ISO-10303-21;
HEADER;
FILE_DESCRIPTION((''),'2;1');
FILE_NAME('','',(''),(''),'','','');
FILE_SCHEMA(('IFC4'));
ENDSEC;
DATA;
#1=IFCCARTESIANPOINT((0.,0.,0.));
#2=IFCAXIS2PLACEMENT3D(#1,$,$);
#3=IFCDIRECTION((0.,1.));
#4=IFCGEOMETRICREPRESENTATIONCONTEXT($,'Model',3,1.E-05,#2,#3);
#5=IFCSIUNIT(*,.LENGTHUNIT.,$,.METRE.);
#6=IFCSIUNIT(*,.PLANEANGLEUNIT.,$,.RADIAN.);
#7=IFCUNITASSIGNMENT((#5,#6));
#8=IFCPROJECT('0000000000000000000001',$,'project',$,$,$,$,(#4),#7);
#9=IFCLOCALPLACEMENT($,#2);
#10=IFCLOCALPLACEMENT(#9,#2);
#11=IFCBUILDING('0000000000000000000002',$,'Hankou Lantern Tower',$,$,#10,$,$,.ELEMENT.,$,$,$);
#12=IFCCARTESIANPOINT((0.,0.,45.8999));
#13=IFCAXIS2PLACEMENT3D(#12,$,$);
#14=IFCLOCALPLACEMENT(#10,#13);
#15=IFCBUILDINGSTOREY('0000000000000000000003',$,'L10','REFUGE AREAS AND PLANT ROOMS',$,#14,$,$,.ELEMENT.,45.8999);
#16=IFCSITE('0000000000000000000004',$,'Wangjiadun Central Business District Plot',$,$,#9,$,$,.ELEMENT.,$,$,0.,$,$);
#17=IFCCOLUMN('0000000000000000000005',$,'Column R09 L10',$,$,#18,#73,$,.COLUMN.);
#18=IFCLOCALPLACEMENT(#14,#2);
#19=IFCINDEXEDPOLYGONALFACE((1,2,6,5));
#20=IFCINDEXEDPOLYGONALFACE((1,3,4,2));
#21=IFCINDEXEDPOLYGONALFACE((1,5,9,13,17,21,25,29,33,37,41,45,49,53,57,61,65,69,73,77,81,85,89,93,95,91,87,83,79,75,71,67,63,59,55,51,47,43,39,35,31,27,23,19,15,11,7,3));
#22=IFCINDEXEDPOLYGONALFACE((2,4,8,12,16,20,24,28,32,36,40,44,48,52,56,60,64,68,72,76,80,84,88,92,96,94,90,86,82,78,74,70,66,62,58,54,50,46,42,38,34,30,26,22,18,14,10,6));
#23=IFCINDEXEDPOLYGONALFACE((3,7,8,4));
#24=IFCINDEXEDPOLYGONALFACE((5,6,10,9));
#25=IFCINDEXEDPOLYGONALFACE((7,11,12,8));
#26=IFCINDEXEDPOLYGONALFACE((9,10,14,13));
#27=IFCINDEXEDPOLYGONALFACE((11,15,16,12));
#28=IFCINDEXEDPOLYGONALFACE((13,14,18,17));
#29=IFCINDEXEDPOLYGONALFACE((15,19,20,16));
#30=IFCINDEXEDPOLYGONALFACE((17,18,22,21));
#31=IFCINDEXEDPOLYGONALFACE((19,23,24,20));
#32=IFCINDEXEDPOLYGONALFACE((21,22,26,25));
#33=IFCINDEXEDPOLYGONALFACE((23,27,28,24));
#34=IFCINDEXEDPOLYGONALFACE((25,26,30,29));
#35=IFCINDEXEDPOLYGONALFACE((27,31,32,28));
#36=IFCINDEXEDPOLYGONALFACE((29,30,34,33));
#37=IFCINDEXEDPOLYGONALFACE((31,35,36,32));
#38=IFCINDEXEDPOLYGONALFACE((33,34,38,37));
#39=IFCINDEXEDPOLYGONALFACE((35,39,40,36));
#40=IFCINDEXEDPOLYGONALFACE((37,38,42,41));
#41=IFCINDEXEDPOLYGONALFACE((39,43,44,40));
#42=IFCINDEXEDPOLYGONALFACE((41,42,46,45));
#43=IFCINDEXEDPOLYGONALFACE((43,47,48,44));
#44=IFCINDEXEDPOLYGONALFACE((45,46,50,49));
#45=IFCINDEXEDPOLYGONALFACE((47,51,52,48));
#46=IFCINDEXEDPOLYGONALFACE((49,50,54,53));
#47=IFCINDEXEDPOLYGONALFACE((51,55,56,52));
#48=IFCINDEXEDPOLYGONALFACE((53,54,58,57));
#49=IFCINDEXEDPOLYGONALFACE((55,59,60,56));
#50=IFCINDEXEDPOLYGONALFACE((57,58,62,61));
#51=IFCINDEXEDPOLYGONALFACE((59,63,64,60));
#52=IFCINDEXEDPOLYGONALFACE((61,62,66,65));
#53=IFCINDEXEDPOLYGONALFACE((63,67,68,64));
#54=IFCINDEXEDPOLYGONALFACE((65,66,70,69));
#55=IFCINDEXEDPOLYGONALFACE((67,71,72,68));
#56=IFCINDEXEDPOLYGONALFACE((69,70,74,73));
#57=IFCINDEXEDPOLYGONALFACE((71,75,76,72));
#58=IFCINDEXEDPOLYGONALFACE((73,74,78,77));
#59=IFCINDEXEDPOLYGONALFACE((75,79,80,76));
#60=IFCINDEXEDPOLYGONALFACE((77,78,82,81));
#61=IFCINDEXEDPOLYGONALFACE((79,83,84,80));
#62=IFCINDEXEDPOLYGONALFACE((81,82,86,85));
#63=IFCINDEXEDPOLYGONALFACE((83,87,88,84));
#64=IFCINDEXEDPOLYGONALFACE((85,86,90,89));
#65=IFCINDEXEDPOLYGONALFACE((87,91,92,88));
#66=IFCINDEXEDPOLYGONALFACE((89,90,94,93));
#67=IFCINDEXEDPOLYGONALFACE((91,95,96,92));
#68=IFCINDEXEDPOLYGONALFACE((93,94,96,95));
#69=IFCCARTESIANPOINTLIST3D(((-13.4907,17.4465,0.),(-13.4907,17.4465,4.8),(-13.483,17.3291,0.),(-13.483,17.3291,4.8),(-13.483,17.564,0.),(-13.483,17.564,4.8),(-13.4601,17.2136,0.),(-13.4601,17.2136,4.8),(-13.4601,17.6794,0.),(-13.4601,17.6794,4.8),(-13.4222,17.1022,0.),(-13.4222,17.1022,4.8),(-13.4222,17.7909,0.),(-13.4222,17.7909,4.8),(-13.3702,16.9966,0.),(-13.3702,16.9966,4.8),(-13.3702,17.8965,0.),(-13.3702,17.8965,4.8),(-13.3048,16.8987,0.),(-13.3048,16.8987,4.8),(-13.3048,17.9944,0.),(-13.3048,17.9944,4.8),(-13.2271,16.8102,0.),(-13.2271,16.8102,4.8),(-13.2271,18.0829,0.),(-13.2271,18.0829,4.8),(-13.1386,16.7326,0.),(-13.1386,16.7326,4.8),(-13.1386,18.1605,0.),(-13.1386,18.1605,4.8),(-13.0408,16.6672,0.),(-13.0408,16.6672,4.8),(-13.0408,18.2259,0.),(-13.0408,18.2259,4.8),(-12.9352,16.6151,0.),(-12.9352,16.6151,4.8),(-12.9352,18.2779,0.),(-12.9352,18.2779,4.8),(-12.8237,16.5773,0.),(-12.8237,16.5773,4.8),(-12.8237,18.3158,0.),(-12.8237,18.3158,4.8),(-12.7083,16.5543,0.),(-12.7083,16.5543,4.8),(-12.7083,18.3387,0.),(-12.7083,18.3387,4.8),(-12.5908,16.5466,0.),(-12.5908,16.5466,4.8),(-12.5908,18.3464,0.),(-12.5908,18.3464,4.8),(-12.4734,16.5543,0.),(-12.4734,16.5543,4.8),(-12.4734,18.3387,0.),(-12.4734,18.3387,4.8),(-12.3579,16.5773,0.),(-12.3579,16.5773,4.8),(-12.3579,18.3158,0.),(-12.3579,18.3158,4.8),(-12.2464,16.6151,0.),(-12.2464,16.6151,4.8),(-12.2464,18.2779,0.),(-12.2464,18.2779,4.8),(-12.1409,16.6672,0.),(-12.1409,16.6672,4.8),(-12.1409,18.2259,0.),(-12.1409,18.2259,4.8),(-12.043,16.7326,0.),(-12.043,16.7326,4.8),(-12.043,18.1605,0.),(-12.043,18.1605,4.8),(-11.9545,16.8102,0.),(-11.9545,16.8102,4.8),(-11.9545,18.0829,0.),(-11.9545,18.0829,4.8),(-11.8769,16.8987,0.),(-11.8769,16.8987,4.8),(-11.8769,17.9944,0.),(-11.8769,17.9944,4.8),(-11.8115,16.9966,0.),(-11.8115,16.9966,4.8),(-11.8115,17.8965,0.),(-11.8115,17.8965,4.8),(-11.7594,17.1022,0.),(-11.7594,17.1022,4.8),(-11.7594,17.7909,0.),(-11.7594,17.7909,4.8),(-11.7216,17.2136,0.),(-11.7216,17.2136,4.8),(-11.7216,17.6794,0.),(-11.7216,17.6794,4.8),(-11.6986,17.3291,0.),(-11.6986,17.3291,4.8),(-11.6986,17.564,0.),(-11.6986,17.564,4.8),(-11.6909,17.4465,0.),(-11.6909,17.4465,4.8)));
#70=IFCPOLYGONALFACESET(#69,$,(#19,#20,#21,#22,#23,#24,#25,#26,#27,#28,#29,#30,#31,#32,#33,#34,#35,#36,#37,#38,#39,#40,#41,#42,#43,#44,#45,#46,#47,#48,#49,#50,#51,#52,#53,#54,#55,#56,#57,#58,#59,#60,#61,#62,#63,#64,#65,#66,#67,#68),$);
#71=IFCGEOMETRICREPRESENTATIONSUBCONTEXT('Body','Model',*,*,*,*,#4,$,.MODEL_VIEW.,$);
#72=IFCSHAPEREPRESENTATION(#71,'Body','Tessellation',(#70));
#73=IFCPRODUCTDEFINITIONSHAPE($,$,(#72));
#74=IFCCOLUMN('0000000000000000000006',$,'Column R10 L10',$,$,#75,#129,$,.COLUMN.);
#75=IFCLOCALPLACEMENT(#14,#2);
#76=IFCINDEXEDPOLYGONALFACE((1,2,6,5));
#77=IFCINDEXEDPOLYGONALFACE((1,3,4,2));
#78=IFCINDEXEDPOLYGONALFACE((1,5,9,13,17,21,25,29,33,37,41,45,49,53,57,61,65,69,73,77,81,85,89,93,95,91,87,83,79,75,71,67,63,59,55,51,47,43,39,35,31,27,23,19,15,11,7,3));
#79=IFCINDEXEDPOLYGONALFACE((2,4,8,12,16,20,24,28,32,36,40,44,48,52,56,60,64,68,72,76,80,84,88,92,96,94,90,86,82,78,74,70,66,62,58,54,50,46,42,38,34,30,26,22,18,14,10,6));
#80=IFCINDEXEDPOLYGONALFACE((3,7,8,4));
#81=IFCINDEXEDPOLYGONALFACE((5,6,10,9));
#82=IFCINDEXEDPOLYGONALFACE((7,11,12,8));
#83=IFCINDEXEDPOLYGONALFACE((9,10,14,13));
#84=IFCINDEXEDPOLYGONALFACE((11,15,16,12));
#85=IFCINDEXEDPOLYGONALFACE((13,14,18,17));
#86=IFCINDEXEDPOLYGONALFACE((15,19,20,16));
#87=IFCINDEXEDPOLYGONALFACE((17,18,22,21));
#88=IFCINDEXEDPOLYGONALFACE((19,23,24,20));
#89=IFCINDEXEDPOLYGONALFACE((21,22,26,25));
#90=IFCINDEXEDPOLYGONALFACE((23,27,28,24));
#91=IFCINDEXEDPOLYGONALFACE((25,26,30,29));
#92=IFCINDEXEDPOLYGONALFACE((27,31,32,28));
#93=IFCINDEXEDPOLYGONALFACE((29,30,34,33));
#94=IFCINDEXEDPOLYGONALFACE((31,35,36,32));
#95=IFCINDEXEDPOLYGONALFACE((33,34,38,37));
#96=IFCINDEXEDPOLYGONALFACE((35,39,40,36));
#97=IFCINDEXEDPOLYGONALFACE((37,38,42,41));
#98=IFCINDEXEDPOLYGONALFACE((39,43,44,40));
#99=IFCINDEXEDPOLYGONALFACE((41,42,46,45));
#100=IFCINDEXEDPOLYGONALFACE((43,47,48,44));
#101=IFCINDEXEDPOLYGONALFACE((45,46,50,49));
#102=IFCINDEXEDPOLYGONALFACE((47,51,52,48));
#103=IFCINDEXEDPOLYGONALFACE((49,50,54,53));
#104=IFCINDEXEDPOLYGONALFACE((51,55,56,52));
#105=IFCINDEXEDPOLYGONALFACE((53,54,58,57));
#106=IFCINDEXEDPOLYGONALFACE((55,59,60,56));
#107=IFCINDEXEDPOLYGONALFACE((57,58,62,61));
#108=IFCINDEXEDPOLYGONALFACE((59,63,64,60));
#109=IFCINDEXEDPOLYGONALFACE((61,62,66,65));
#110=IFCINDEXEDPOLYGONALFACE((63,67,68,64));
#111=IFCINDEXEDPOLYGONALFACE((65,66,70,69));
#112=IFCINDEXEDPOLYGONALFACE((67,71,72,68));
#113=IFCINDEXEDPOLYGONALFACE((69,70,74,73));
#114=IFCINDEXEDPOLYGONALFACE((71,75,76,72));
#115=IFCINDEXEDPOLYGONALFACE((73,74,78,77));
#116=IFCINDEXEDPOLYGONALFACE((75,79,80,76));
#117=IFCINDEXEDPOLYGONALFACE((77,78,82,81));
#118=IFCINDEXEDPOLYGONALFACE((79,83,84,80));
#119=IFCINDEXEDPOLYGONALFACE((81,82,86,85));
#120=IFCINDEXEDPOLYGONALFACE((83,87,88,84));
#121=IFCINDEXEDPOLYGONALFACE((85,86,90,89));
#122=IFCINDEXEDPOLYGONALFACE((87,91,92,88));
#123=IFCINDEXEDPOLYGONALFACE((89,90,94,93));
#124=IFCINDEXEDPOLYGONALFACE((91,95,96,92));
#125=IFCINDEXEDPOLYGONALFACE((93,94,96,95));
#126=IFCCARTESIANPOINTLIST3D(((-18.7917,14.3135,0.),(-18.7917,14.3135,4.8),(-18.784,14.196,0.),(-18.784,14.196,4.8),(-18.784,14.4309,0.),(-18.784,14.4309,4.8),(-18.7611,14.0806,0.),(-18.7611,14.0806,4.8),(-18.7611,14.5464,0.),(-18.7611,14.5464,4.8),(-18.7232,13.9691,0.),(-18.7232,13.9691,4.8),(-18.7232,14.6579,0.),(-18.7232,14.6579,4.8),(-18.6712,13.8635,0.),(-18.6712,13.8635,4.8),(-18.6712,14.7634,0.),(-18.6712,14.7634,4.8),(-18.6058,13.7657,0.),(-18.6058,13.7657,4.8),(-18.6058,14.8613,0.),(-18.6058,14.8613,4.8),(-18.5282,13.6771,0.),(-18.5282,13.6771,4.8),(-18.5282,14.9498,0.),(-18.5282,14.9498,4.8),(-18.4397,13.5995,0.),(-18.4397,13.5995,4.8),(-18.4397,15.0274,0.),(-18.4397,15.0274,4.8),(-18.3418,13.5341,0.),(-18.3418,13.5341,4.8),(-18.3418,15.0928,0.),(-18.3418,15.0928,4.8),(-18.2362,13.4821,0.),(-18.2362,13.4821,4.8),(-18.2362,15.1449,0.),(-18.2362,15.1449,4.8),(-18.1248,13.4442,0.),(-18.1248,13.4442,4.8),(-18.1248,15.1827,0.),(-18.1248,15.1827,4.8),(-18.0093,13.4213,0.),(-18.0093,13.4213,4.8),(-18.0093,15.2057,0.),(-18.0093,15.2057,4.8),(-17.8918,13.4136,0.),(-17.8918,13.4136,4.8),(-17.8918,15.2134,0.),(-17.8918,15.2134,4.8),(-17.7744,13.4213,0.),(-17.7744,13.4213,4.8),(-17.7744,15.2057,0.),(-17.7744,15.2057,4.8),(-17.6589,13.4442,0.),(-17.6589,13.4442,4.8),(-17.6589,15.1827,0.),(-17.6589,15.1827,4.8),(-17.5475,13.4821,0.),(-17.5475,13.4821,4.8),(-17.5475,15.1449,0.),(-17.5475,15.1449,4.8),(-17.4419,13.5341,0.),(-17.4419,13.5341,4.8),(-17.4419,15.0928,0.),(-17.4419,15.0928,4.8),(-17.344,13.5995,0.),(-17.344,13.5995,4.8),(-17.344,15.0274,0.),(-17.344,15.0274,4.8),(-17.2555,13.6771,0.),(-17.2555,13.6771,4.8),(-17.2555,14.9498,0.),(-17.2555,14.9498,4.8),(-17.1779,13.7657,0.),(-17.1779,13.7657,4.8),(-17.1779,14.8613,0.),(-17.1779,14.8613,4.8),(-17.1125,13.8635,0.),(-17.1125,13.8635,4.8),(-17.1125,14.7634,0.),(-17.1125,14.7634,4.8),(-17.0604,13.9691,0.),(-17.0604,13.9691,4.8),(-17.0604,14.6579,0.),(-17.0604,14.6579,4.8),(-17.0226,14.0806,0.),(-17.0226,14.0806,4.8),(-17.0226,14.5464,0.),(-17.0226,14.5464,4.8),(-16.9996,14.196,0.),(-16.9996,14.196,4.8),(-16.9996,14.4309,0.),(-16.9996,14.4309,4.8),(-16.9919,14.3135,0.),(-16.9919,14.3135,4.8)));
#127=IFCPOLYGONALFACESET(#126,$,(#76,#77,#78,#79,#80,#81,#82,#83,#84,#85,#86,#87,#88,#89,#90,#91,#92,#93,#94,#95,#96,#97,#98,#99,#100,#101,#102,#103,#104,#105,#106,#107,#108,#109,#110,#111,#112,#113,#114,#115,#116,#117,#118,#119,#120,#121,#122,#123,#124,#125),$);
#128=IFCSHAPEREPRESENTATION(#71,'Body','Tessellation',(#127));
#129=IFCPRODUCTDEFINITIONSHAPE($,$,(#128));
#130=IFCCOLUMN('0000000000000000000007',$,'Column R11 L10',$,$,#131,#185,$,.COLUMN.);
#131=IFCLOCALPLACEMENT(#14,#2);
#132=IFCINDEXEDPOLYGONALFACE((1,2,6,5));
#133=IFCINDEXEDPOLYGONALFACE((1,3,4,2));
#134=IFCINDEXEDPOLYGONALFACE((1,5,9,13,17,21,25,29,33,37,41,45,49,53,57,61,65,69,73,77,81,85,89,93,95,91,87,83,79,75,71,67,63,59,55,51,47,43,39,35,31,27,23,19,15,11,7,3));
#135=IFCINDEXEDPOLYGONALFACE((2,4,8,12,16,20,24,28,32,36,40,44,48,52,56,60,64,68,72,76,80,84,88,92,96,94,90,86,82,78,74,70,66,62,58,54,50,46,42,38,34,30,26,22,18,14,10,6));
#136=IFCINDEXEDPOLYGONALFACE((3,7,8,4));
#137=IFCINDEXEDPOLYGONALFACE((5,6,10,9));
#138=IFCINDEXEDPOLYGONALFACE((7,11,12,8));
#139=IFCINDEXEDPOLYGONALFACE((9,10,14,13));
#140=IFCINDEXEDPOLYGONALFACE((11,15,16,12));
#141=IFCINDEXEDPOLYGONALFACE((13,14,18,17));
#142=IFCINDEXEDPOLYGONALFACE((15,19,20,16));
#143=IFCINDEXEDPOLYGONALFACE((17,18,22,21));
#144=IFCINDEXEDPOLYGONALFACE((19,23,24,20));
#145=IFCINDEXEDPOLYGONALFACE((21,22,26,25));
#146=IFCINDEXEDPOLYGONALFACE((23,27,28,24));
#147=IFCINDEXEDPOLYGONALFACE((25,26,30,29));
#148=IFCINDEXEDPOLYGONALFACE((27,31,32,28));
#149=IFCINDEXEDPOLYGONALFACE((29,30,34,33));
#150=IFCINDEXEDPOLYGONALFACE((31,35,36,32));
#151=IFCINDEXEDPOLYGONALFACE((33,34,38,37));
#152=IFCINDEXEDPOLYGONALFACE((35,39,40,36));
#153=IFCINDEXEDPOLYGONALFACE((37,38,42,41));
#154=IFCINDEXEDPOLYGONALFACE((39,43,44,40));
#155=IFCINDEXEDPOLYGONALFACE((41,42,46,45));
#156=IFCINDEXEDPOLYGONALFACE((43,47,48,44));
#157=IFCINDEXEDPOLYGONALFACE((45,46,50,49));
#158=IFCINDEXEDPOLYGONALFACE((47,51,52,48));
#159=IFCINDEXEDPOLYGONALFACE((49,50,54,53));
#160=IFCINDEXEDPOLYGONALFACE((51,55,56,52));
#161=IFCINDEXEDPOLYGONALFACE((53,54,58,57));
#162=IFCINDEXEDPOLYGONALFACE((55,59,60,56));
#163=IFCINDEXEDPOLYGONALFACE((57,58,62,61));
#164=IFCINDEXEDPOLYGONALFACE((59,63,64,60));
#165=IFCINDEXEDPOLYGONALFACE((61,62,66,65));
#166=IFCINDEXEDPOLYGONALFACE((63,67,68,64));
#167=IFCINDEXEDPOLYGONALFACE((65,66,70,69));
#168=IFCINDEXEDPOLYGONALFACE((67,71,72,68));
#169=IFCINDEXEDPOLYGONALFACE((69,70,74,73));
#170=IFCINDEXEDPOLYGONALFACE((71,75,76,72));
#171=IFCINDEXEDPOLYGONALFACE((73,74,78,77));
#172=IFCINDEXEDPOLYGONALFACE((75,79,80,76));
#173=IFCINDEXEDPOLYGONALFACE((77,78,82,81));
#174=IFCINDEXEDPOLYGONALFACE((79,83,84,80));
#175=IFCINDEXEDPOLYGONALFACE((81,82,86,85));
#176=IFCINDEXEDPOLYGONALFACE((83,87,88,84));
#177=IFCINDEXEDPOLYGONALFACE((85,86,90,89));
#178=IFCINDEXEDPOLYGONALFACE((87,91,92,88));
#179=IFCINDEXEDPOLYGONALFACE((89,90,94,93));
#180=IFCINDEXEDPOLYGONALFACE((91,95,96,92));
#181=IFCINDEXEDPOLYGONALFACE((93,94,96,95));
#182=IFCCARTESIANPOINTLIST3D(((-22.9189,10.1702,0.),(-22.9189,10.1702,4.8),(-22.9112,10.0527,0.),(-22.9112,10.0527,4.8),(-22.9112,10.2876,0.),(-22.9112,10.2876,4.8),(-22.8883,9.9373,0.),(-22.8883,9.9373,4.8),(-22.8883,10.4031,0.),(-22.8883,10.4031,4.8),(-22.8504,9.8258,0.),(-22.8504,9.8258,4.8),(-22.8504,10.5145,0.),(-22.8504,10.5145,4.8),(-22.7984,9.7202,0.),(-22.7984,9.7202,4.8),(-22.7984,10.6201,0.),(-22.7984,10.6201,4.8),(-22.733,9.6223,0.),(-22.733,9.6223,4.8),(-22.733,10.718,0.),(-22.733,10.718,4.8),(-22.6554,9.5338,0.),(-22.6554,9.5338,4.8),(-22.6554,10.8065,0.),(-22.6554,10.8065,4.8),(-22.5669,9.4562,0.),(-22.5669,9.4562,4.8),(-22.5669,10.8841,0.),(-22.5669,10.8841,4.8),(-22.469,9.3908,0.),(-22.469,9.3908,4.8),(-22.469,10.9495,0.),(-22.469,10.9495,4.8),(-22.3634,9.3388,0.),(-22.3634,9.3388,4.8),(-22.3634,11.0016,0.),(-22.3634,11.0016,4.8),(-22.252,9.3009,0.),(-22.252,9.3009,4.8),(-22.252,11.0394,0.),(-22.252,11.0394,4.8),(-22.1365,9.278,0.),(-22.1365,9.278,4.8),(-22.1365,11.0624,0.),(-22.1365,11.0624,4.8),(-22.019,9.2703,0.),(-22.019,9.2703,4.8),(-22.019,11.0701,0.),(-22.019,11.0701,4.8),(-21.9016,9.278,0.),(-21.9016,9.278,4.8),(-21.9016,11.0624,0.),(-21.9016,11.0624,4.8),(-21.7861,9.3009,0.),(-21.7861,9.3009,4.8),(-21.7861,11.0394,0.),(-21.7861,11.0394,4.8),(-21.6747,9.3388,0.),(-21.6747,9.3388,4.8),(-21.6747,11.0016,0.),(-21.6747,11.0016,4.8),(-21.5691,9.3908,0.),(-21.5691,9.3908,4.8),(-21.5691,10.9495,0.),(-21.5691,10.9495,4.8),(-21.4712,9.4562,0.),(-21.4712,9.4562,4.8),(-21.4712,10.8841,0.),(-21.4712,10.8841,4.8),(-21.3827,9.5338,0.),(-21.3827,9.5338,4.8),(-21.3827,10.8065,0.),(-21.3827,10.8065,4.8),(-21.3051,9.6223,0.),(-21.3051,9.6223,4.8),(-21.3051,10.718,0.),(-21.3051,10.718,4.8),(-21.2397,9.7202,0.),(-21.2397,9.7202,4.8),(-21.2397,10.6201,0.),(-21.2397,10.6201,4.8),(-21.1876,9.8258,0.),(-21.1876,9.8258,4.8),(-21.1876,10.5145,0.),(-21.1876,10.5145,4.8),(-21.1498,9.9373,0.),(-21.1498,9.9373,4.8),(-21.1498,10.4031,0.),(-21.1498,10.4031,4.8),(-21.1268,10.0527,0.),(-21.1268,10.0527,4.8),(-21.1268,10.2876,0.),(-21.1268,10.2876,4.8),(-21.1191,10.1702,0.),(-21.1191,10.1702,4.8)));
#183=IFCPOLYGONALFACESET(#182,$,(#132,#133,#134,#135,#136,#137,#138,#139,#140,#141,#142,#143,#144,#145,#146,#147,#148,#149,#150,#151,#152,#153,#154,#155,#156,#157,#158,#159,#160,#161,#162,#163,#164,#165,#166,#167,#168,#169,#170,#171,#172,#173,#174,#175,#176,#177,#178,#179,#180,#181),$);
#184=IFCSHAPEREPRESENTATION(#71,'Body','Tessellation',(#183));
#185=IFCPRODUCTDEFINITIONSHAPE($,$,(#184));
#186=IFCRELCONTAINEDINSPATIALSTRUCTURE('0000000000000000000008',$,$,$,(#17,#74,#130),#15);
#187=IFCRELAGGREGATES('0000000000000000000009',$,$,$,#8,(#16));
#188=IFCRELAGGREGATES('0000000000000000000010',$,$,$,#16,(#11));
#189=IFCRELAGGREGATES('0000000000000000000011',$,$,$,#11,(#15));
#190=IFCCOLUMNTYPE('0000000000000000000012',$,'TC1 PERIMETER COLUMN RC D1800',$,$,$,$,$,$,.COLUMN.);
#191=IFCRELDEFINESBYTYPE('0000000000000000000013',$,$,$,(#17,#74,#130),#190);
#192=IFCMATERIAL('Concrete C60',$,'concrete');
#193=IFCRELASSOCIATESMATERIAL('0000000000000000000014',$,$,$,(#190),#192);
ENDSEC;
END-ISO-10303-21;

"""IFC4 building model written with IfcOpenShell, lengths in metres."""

from ifc_helpers import new_model, si_unit, direction, frame, origin, origin_2d, place, context, subcontext, project, spatial, circle, extrude, material, material_profile, profile_set, type_object, element, save


model = new_model("IFC4")

# Units and contexts
model_context = context("Model", 3, precision=1e-05, world=origin(), true_north=direction((0.0, 1.0)))
body_context = subcontext(model_context, "Body", "Model", "MODEL_VIEW")
ifc_project = project(units=[si_unit("LENGTHUNIT", "METRE"), si_unit("PLANEANGLEUNIT", "RADIAN")], contexts=[model_context])

# Site, building, storey
site_placement = place(None, origin())
site = spatial("IfcSite", under=ifc_project, at=site_placement, Name="Wangjiadun Central Business District Plot", CompositionType="ELEMENT", RefElevation=0.0)
building_placement = place(site_placement, origin())
building = spatial("IfcBuilding", under=site, at=building_placement, Name="Hankou Lantern Tower", CompositionType="ELEMENT")
storey_placement = place(building_placement, frame((0.0, 0.0, 45.8999)))
storey = spatial("IfcBuildingStorey", under=building, at=storey_placement, Name="L10", Description="REFUGE AREAS AND PLANT ROOMS", CompositionType="ELEMENT", Elevation=45.8999)

# Columns
ifc_material_1 = material(Name="Concrete C60", Category="concrete")
ifc_material_profile_1 = material_profile(ifc_material_1, circle(Radius=0.8999, at=origin_2d()), Name="RC D1800")
ifc_profile_set_1 = profile_set([ifc_material_profile_1], Name="Concrete C60")
column_type = type_object("IfcColumnType", Name="TC1 PERIMETER COLUMN RC D1800", PredefinedType="COLUMN", material=ifc_profile_set_1)
for number, where, z_axis, x_axis, name in (
    (1, (-12.5908, 17.4465, 0.0), (0.0, 0.0, 1.0), (1.0, 0.0, 0.0), "Column R09 L10"),
    (2, (-17.8918, 14.3135, 0.0), (0.0, 0.0, 1.0), (1.0, 0.0, 0.0), "Column R10 L10"),
    (3, (-22.019, 10.1702, 0.0), (0.0, 0.0, 1.0), (1.0, 0.0, 0.0), "Column R11 L10"),
):
    element("IfcColumn", number, at=place(storey_placement, frame(where, z_axis=z_axis, x_axis=x_axis)), inside=storey, type_object=column_type, Name=name, PredefinedType="COLUMN", context=body_context, shape_type="SweptSolid", body=[
        extrude(circle(Radius=0.8999, at=origin_2d()), origin(), (0.0, 0.0, 1.0), 4.8),
    ])

save(model, "model.ifc")
